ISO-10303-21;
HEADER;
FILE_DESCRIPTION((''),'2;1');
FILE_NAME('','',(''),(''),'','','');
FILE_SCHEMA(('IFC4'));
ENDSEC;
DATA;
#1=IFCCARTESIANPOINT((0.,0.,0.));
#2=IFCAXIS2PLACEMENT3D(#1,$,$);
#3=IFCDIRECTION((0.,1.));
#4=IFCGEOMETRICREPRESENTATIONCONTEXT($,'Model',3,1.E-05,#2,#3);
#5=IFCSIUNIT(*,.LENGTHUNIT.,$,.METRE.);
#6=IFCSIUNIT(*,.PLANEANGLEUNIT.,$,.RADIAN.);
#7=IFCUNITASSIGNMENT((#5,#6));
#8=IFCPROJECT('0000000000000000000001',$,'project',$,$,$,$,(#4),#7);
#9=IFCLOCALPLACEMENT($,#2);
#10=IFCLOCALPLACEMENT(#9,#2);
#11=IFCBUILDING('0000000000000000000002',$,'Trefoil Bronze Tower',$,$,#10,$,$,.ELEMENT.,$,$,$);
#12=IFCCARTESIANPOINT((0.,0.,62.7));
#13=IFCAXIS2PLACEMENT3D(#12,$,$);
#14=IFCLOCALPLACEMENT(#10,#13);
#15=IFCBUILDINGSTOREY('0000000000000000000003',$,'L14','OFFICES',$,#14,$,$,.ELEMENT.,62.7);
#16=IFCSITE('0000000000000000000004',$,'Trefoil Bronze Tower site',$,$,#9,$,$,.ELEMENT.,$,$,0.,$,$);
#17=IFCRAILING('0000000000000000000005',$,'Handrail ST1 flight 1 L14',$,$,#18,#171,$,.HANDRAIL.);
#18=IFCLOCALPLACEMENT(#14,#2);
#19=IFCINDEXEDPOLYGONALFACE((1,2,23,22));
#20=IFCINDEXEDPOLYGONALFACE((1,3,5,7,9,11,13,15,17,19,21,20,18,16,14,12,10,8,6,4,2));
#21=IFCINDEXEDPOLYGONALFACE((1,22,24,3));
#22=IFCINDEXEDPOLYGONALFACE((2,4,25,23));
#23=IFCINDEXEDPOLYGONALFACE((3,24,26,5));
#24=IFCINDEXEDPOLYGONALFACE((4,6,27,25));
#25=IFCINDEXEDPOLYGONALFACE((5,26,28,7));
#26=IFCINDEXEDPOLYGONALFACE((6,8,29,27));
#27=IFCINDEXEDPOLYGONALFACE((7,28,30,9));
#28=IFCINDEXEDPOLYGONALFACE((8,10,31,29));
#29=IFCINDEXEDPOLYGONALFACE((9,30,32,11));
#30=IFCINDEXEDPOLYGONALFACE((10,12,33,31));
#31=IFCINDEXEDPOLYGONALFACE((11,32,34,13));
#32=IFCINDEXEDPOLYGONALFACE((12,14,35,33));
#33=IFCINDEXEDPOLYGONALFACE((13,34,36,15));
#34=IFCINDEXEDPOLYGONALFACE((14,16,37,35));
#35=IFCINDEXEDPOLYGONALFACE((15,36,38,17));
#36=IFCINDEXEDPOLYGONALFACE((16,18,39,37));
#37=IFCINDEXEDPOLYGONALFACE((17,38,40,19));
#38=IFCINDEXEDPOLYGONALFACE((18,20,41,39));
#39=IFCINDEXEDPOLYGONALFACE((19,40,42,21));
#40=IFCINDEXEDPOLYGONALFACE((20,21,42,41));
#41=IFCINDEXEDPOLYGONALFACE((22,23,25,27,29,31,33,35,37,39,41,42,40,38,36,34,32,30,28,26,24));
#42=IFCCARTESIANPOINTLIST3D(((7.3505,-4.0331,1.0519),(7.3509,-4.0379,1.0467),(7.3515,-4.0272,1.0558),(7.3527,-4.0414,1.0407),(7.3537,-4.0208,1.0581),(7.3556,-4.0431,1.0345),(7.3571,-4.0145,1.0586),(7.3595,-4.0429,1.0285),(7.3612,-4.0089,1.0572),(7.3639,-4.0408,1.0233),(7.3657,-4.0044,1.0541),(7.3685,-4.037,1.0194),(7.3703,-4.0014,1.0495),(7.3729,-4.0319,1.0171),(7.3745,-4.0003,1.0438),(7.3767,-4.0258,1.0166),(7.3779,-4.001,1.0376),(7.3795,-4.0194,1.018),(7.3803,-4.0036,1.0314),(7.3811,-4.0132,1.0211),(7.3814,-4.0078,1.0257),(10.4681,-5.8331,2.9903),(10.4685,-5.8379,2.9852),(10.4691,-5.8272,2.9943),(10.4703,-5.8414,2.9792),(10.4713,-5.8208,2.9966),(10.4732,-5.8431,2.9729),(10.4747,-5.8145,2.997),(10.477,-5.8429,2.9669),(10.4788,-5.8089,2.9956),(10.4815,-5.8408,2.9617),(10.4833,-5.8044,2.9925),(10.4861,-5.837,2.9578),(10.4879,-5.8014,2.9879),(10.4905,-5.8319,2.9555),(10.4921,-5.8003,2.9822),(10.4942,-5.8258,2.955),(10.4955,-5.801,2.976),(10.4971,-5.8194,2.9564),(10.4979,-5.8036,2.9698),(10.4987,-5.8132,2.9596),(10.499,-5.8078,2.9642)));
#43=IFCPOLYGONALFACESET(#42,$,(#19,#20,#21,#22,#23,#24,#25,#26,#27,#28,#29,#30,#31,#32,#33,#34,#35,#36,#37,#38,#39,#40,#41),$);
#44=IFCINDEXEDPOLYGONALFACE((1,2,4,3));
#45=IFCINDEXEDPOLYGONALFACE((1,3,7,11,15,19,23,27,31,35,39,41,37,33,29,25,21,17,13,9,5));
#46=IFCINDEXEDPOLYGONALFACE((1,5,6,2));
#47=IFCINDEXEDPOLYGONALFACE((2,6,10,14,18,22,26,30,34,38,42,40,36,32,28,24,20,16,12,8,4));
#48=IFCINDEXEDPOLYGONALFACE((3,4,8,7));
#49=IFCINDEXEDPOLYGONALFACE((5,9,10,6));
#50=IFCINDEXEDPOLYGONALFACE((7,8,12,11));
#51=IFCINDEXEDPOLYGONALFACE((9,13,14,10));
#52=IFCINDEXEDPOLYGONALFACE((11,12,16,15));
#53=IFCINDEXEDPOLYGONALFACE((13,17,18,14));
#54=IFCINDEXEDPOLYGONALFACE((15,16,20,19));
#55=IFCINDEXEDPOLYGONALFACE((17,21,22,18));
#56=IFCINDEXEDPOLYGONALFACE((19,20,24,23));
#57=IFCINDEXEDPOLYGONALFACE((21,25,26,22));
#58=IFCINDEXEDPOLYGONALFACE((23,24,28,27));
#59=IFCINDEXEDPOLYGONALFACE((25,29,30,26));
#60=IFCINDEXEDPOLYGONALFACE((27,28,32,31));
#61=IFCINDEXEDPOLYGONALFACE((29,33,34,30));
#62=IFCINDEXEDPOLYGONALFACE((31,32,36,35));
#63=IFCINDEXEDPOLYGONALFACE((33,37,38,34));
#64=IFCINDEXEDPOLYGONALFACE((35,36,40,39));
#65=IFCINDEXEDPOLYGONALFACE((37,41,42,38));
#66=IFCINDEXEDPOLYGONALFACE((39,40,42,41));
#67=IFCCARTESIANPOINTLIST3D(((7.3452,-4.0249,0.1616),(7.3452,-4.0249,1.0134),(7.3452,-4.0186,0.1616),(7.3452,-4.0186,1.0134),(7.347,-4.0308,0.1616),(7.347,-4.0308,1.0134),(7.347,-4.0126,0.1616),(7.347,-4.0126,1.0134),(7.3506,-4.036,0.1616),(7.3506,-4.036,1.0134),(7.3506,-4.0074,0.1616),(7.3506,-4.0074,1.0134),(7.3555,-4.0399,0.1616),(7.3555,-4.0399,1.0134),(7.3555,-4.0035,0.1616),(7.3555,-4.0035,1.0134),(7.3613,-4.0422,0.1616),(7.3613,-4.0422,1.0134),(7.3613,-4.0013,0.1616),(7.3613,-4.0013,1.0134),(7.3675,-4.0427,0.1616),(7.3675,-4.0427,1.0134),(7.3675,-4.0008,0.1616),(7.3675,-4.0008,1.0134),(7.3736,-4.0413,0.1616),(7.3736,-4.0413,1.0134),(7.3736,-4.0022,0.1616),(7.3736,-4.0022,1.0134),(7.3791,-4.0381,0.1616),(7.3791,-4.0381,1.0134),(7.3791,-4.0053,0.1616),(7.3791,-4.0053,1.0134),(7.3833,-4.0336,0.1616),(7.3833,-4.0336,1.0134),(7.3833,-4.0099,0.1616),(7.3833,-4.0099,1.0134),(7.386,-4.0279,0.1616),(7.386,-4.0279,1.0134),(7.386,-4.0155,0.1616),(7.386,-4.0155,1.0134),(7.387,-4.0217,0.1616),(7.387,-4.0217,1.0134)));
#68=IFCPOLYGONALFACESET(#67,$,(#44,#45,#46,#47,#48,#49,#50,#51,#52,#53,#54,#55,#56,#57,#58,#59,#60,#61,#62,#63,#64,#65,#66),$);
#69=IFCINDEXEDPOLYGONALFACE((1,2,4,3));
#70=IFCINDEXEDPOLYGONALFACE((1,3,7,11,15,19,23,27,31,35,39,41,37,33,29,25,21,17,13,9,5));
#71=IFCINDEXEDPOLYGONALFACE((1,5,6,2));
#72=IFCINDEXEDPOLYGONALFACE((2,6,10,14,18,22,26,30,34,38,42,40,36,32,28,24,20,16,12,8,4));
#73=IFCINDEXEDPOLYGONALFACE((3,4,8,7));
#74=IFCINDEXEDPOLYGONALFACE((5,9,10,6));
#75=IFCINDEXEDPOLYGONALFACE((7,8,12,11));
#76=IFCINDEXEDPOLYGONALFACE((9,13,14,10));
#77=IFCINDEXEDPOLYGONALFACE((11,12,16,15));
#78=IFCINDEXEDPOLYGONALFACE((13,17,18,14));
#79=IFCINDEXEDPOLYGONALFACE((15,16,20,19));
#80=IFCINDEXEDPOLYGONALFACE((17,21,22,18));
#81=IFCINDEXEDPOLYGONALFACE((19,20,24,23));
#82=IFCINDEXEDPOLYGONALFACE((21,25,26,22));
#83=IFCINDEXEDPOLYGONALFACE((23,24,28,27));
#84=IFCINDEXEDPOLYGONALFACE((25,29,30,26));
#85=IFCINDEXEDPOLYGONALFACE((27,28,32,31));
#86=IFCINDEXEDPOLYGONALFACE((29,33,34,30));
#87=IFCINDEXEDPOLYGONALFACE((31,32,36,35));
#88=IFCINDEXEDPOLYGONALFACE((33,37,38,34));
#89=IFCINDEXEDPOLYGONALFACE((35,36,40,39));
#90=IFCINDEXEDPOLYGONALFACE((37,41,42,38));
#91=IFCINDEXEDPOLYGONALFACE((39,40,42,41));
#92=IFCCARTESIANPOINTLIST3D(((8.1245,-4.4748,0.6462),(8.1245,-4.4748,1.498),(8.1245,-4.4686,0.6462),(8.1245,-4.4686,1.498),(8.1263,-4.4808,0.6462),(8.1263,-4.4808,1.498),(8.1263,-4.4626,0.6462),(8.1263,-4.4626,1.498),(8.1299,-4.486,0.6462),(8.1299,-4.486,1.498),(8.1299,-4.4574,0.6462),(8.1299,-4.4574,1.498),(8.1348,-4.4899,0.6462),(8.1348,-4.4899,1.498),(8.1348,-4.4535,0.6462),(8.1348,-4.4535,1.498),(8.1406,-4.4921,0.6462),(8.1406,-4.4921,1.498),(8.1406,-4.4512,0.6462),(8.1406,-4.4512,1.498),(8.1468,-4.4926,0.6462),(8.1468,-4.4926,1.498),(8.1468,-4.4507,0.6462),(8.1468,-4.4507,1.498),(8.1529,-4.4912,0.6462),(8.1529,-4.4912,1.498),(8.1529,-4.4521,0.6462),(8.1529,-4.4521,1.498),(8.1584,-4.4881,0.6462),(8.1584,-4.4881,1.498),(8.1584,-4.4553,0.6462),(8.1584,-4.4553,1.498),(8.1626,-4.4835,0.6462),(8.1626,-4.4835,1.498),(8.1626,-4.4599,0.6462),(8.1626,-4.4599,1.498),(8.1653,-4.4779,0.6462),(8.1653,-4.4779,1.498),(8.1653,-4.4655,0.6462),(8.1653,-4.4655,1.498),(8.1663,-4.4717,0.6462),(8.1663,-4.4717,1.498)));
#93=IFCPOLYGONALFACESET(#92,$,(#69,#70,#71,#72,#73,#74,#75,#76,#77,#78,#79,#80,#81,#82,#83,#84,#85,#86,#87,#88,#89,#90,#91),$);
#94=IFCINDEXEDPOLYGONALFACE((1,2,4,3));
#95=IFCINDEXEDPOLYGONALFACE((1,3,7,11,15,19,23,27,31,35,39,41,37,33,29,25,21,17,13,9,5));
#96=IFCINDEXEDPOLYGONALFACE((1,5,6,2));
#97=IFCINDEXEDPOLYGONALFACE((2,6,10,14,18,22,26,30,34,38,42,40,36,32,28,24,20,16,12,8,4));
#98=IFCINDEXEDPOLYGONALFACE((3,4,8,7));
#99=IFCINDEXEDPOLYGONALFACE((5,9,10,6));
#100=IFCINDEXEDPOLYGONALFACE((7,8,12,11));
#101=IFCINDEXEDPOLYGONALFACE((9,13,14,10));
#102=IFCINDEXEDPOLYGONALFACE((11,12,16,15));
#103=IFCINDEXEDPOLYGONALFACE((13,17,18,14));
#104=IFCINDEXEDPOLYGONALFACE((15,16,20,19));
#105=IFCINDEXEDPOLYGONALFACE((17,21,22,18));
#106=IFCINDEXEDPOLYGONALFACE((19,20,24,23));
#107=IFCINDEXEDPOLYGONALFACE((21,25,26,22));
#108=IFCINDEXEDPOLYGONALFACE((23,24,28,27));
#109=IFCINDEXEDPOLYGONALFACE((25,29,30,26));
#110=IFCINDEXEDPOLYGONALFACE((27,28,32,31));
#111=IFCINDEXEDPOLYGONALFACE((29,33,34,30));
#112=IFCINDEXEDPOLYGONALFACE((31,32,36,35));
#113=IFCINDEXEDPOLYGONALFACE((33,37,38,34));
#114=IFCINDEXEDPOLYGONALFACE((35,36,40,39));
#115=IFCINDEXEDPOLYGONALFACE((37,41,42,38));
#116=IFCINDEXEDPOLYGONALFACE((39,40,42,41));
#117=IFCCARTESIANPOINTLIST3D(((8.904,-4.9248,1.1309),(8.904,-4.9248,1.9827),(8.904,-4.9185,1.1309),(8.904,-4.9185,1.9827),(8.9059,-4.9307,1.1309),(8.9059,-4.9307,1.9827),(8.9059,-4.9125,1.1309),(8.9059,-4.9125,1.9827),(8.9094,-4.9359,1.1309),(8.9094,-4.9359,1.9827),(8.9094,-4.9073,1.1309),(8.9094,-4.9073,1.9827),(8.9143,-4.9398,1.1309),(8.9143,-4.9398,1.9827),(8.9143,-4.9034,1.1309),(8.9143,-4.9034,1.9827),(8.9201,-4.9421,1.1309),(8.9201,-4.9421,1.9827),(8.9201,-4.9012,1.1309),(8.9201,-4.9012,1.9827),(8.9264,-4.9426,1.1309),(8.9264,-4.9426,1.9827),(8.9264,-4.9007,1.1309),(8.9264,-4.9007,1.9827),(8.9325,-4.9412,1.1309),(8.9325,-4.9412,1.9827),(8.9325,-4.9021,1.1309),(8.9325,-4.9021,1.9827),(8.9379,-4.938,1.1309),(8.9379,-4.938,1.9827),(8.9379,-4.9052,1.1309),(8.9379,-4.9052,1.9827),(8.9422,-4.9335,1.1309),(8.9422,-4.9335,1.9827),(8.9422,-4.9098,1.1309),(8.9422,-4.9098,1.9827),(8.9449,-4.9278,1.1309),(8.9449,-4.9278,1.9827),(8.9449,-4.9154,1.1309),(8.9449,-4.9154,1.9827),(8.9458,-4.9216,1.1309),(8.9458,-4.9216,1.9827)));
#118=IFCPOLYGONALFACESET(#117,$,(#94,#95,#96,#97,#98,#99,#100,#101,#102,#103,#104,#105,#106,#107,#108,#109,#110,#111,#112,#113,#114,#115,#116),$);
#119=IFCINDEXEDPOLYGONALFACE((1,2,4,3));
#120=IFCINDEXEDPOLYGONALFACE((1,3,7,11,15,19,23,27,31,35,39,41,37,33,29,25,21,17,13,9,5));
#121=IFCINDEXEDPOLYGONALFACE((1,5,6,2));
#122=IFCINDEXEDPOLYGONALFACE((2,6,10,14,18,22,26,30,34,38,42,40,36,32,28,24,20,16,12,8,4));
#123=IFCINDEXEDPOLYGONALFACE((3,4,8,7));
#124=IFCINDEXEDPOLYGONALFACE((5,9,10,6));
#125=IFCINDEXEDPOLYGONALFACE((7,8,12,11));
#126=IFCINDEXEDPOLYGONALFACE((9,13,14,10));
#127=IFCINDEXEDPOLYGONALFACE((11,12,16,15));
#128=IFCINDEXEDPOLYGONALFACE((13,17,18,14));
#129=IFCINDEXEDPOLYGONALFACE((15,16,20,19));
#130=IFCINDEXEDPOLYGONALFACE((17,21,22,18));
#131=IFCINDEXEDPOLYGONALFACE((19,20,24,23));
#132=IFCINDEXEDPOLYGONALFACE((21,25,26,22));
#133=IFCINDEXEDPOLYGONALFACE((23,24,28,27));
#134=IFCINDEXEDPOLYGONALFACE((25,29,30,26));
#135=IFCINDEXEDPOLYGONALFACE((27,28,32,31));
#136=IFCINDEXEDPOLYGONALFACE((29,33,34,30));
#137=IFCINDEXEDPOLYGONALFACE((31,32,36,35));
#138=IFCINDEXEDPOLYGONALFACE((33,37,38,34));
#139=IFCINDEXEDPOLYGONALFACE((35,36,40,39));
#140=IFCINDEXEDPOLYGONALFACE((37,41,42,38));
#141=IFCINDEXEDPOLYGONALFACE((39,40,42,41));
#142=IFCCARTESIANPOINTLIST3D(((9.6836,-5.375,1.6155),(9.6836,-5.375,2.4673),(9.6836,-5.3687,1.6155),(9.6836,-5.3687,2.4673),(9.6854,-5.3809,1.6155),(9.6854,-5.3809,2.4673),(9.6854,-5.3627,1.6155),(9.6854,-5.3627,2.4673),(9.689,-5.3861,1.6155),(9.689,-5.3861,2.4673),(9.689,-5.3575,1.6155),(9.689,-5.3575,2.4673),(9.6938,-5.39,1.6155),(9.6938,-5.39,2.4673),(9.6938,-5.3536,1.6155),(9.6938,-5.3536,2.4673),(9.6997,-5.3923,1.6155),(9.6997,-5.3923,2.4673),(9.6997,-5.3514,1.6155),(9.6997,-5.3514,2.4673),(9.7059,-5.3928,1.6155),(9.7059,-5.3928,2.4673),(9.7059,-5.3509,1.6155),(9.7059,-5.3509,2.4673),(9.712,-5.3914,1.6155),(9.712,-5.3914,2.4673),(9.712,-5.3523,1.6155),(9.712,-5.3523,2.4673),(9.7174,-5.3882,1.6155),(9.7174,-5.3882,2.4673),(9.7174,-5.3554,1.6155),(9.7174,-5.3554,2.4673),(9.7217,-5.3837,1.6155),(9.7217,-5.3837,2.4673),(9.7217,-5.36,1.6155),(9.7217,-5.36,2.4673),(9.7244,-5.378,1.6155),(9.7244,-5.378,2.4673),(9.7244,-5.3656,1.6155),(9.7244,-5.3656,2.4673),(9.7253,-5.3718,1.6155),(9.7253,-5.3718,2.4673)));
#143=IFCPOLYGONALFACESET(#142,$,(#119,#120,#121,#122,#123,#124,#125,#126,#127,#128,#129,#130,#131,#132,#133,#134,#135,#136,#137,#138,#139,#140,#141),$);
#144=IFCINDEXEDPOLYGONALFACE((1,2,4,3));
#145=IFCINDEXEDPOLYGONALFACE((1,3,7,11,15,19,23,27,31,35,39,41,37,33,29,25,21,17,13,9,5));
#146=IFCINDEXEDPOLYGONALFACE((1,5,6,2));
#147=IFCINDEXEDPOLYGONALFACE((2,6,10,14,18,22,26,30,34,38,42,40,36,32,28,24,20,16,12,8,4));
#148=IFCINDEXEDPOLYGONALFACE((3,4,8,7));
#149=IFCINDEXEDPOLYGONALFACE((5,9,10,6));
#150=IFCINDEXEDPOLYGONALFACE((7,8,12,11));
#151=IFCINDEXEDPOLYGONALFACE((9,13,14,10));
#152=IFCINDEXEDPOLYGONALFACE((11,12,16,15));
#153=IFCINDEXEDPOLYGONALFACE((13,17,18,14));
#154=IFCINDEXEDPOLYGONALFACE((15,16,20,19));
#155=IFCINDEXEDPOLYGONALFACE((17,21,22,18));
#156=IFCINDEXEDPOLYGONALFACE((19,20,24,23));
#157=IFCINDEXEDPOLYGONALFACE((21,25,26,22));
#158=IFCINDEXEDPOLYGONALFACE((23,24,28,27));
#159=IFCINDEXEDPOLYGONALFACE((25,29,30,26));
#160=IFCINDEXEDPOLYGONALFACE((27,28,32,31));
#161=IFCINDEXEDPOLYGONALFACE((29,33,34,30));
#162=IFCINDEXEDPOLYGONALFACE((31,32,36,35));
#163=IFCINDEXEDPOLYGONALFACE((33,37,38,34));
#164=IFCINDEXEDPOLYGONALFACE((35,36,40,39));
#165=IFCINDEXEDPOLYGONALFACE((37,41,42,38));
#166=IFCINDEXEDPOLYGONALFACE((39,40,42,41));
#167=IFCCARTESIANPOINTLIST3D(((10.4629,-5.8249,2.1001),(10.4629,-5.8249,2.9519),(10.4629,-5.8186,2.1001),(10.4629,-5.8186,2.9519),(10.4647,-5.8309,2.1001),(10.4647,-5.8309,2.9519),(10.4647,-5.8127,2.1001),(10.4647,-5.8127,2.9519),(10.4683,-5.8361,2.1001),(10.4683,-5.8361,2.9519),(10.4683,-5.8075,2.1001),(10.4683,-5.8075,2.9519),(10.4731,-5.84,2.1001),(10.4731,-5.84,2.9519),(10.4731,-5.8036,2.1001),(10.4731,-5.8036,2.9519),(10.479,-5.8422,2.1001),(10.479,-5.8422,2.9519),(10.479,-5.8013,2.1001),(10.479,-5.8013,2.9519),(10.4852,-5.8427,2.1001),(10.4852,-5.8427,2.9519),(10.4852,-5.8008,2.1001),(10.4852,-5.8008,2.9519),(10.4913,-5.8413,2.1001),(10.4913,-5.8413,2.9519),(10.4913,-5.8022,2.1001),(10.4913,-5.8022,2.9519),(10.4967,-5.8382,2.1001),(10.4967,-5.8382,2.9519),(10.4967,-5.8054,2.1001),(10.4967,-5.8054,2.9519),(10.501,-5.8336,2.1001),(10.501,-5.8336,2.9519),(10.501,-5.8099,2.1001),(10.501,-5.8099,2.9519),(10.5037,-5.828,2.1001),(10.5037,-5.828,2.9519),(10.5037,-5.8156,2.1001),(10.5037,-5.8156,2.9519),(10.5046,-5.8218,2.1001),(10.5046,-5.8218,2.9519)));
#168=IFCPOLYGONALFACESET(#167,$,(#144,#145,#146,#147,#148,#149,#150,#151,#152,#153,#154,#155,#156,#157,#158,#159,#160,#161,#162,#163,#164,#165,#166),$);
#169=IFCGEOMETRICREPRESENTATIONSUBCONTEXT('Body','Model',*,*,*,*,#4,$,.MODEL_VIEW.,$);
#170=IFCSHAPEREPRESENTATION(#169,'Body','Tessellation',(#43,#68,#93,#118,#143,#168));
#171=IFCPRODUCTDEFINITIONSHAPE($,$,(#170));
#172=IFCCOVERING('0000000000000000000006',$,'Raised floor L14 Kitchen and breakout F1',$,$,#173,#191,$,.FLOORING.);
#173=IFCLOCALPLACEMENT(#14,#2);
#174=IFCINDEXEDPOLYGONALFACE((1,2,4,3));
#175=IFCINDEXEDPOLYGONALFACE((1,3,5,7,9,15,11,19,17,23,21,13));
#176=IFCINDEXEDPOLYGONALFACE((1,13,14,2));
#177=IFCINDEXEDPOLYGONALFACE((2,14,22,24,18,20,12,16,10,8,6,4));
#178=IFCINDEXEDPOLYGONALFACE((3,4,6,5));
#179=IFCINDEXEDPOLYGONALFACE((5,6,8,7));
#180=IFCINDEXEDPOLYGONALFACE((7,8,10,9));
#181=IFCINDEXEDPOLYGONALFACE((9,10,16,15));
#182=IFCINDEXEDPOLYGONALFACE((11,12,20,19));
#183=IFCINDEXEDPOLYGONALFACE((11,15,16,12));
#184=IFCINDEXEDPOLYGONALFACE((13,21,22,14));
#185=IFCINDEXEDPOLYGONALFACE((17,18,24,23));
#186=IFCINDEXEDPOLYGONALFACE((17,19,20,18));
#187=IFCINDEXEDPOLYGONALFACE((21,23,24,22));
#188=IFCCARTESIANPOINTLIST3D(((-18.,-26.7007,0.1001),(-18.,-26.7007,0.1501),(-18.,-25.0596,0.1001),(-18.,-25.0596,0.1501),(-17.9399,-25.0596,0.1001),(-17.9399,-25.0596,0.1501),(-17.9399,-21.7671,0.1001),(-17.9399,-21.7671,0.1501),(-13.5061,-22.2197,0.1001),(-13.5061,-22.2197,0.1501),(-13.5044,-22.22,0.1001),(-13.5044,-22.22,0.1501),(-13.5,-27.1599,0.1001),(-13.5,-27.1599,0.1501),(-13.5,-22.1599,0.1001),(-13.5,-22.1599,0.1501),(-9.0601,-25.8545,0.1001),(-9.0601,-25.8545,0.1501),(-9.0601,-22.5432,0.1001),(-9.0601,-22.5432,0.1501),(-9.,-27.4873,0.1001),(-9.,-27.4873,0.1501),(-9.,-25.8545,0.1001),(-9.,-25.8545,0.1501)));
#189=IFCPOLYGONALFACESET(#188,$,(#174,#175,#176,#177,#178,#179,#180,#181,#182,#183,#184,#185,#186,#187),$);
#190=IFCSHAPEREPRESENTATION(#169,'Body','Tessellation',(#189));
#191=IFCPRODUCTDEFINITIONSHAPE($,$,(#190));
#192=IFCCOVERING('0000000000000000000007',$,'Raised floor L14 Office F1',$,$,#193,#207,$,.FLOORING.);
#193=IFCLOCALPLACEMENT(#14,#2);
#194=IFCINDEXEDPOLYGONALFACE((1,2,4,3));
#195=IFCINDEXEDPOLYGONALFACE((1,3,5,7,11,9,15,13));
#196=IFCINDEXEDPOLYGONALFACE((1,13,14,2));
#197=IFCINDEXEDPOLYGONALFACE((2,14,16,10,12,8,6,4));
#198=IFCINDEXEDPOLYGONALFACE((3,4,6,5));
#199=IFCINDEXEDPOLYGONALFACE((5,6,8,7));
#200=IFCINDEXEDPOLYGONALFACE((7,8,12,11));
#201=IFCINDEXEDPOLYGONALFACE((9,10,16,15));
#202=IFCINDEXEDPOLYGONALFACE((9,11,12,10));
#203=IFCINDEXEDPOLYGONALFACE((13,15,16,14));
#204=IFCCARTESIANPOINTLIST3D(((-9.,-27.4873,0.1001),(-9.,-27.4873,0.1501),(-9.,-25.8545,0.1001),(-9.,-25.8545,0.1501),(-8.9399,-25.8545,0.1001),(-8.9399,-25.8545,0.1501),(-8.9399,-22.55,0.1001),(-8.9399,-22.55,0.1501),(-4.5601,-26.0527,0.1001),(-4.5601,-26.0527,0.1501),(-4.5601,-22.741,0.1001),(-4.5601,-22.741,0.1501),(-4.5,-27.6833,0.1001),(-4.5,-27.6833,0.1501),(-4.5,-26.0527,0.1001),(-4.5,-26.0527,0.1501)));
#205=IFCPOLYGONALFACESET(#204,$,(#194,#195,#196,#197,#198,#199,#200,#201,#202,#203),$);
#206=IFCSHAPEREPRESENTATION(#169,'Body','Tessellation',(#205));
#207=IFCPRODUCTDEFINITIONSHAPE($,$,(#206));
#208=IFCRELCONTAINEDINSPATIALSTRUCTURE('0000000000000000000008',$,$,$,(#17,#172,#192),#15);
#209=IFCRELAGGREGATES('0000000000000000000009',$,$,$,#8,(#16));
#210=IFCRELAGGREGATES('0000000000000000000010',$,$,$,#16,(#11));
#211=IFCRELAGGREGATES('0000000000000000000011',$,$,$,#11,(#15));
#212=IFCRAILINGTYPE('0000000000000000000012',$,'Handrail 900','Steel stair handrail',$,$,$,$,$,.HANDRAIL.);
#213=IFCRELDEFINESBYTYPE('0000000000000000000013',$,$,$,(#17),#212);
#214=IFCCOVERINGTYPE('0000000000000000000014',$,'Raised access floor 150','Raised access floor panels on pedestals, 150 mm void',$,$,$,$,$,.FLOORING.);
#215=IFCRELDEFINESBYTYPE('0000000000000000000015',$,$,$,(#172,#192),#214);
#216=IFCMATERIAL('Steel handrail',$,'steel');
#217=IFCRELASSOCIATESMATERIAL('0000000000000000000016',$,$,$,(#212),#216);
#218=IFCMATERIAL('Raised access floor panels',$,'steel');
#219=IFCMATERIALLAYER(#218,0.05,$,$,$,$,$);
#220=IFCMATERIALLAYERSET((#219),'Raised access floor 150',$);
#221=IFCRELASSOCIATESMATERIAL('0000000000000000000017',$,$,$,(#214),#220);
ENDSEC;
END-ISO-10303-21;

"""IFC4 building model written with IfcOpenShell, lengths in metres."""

from ifc_helpers import new_model, si_unit, direction, frame, origin, origin_2d, place, context, subcontext, project, spatial, polyline, circle, outline, extrude, material, layer, layer_set, type_object, element, save


model = new_model("IFC4")

# Units and contexts
model_context = context("Model", 3, precision=1e-05, world=origin(), true_north=direction((0.0, 1.0)))
body_context = subcontext(model_context, "Body", "Model", "MODEL_VIEW")
ifc_project = project(units=[si_unit("LENGTHUNIT", "METRE"), si_unit("PLANEANGLEUNIT", "RADIAN")], contexts=[model_context])

# Site, building, storey
site_placement = place(None, origin())
site = spatial("IfcSite", under=ifc_project, at=site_placement, Name="Trefoil Bronze Tower site", CompositionType="ELEMENT", RefElevation=0.0)
building_placement = place(site_placement, origin())
building = spatial("IfcBuilding", under=site, at=building_placement, Name="Trefoil Bronze Tower", CompositionType="ELEMENT")
storey_placement = place(building_placement, frame((0.0, 0.0, 62.7)))
storey = spatial("IfcBuildingStorey", under=building, at=storey_placement, Name="L14", Description="OFFICES", CompositionType="ELEMENT", Elevation=62.7)

# Railing
ifc_material_1 = material(Name="Steel handrail", Category="steel")
railing_type = type_object("IfcRailingType", Name="Handrail 900", Description="Steel stair handrail", PredefinedType="HANDRAIL", material=ifc_material_1)
railing_placement = place(storey_placement, frame((7.366, -4.0217, 0.1616)))
element("IfcRailing", 1, at=railing_placement, inside=storey, type_object=railing_type, Name="Handrail ST1 flight 1 L14", PredefinedType="HANDRAIL", context=body_context, shape_type="SweptSolid", body=[
    extrude(circle(Radius=0.0239, at=origin_2d()), frame((0.0, 0.0, 0.876), z_axis=(0.762503, -0.440246, 0.474102), x_axis=(0.500012, 0.866018, 0.0)), (0.0, 0.0, 1.0), 4.0886),
    extrude(circle(Radius=0.021, at=origin_2d()), origin(), (0.0, 0.0, 1.0), 0.8518),
    extrude(circle(Radius=0.021, at=origin_2d()), frame((0.7793, -0.45, 0.4846)), (0.0, 0.0, 1.0), 0.8518),
    extrude(circle(Radius=0.021, at=origin_2d()), frame((1.5588, -0.8999, 0.9692)), (0.0, 0.0, 1.0), 0.8518),
    extrude(circle(Radius=0.021, at=origin_2d()), frame((2.3384, -1.3501, 1.4539)), (0.0, 0.0, 1.0), 0.8518),
    extrude(circle(Radius=0.021, at=origin_2d()), frame((3.1177, -1.8, 1.9385)), (0.0, 0.0, 1.0), 0.8518),
])

# Coverings
ifc_material_2 = material(Name="Raised access floor panels", Category="steel")
ifc_layer_1 = layer(ifc_material_2, 0.05)
ifc_layer_set_1 = layer_set([ifc_layer_1], Name="Raised access floor 150")
covering_type_1 = type_object("IfcCoveringType", Name="Raised access floor 150", Description="Raised access floor panels on pedestals, 150 mm void", PredefinedType="FLOORING", material=ifc_layer_set_1)
covering_1_placement = place(storey_placement, frame((0.0, 0.0, 0.1001)))
element("IfcCovering", 2, at=covering_1_placement, inside=storey, type_object=covering_type_1, Name="Raised floor L14 Kitchen and breakout F1", PredefinedType="FLOORING", context=body_context, shape_type="SweptSolid", body=[
    extrude(outline(polyline([(-13.5, -27.1599), (-18.0, -26.7007), (-18.0, -25.0596), (-17.9399, -25.0596), (-17.9399, -21.7671), (-13.5061, -22.2197), (-13.5, -22.1599), (-13.5044, -22.22), (-9.0601, -22.5432), (-9.0601, -25.8545), (-9.0, -25.8545), (-9.0, -27.4873), (-13.5, -27.1599)])), origin(), (0.0, 0.0, 1.0), 0.05),
])
covering_2_placement = place(storey_placement, frame((0.0, 0.0, 0.1001)))
element("IfcCovering", 3, at=covering_2_placement, inside=storey, type_object=covering_type_1, Name="Raised floor L14 Office F1", PredefinedType="FLOORING", context=body_context, shape_type="SweptSolid", body=[
    extrude(outline(polyline([(-4.5, -27.6833), (-9.0, -27.4873), (-9.0, -25.8545), (-8.9399, -25.8545), (-8.9399, -22.55), (-4.5601, -22.741), (-4.5601, -26.0527), (-4.5, -26.0527), (-4.5, -27.6833)])), origin(), (0.0, 0.0, 1.0), 0.05),
])

save(model, "model.ifc")
